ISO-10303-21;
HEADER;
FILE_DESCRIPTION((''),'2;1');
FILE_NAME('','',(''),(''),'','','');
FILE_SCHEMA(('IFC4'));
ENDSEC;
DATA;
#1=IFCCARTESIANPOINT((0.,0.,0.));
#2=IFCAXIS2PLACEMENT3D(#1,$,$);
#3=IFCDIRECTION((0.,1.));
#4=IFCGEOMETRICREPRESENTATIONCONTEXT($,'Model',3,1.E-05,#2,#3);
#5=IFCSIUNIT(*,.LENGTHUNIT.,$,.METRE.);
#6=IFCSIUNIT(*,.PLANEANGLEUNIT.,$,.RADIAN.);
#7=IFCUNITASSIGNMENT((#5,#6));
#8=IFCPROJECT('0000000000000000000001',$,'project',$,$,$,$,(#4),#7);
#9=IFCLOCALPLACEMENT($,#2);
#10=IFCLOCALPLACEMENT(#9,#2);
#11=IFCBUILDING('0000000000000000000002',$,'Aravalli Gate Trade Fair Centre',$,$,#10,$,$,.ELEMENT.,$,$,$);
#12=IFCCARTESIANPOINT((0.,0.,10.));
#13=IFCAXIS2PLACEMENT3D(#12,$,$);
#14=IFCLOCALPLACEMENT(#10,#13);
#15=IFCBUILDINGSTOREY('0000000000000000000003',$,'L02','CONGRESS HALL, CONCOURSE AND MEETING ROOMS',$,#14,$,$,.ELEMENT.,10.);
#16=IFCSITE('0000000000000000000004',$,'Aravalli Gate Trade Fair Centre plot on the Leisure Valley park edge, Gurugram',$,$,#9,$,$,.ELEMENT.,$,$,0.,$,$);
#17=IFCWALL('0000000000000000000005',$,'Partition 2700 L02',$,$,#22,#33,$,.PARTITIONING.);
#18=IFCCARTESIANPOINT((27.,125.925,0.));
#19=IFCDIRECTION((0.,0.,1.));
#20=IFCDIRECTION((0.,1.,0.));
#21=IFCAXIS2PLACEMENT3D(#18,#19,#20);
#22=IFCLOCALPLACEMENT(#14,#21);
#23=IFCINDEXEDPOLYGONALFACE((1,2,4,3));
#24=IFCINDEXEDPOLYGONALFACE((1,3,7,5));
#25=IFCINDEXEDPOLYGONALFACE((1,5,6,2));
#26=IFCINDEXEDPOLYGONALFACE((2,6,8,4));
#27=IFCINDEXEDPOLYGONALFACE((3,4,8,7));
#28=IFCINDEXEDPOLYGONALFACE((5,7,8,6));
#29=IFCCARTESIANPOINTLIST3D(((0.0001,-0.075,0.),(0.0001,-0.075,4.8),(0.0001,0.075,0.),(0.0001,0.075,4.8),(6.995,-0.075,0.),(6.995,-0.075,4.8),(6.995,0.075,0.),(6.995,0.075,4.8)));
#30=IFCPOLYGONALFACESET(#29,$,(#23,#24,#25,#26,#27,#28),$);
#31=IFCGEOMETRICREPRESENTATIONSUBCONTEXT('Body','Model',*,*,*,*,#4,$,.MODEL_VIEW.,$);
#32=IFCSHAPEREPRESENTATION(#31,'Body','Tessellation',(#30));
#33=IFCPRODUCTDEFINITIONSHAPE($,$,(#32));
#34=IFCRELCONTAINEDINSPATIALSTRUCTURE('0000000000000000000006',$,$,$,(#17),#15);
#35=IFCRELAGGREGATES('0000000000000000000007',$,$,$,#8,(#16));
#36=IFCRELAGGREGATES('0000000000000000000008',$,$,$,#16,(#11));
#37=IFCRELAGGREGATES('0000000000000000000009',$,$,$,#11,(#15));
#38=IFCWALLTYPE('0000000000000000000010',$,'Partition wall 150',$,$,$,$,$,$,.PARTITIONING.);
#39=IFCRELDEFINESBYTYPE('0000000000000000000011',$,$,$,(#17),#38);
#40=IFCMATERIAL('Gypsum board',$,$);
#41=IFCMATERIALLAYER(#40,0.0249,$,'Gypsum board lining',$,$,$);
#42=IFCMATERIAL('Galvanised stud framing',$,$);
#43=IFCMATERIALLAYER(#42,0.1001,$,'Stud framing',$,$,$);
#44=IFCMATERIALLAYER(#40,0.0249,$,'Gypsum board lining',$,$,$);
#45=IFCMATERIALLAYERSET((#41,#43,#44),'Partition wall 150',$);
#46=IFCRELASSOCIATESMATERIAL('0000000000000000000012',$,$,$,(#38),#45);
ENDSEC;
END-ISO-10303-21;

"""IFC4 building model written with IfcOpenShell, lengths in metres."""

from ifc_helpers import new_model, si_unit, direction, frame, frame_2d, origin, place, context, subcontext, project, spatial, rectangle, extrude, material, layer, layer_set, type_object, element, save


model = new_model("IFC4")

# Units and contexts
model_context = context("Model", 3, precision=1e-05, world=origin(), true_north=direction((0.0, 1.0)))
body_context = subcontext(model_context, "Body", "Model", "MODEL_VIEW")
ifc_project = project(units=[si_unit("LENGTHUNIT", "METRE"), si_unit("PLANEANGLEUNIT", "RADIAN")], contexts=[model_context])

# Site, building, storey
site_placement = place(None, origin())
site = spatial("IfcSite", under=ifc_project, at=site_placement, Name="Aravalli Gate Trade Fair Centre plot on the Leisure Valley park edge, Gurugram", CompositionType="ELEMENT", RefElevation=0.0)
building_placement = place(site_placement, origin())
building = spatial("IfcBuilding", under=site, at=building_placement, Name="Aravalli Gate Trade Fair Centre", CompositionType="ELEMENT")
storey_placement = place(building_placement, frame((0.0, 0.0, 10.0)))
storey = spatial("IfcBuildingStorey", under=building, at=storey_placement, Name="L02", Description="CONGRESS HALL, CONCOURSE AND MEETING ROOMS", CompositionType="ELEMENT", Elevation=10.0)

# Shared definitions
ifc_material_1 = material(Name="Gypsum board")
ifc_layer_1 = layer(ifc_material_1, 0.0249, Name="Gypsum board lining")
ifc_material_2 = material(Name="Galvanised stud framing")
ifc_layer_2 = layer(ifc_material_2, 0.1001, Name="Stud framing")
ifc_layer_3 = layer(ifc_material_1, 0.0249, Name="Gypsum board lining")
ifc_layer_set_1 = layer_set([ifc_layer_1, ifc_layer_2, ifc_layer_3], Name="Partition wall 150")
wall_type = type_object("IfcWallType", Name="Partition wall 150", PredefinedType="PARTITIONING", material=ifc_layer_set_1)

# Wall
wall_1_placement = place(storey_placement, frame((27.0, 125.925, 0.0), z_axis=(0.0, 0.0, 1.0), x_axis=(0.0, 1.0, 0.0)))
element("IfcWall", 1, at=wall_1_placement, inside=storey, type_object=wall_type, Name="Partition 2700 L02", PredefinedType="PARTITIONING", context=body_context, shape_type="SweptSolid", body=[
    extrude(rectangle(XDim=6.9949, YDim=0.1499, at=frame_2d((3.4976, 0.0))), origin(), (0.0, 0.0, 1.0), 4.8),
])

save(model, "model.ifc")
